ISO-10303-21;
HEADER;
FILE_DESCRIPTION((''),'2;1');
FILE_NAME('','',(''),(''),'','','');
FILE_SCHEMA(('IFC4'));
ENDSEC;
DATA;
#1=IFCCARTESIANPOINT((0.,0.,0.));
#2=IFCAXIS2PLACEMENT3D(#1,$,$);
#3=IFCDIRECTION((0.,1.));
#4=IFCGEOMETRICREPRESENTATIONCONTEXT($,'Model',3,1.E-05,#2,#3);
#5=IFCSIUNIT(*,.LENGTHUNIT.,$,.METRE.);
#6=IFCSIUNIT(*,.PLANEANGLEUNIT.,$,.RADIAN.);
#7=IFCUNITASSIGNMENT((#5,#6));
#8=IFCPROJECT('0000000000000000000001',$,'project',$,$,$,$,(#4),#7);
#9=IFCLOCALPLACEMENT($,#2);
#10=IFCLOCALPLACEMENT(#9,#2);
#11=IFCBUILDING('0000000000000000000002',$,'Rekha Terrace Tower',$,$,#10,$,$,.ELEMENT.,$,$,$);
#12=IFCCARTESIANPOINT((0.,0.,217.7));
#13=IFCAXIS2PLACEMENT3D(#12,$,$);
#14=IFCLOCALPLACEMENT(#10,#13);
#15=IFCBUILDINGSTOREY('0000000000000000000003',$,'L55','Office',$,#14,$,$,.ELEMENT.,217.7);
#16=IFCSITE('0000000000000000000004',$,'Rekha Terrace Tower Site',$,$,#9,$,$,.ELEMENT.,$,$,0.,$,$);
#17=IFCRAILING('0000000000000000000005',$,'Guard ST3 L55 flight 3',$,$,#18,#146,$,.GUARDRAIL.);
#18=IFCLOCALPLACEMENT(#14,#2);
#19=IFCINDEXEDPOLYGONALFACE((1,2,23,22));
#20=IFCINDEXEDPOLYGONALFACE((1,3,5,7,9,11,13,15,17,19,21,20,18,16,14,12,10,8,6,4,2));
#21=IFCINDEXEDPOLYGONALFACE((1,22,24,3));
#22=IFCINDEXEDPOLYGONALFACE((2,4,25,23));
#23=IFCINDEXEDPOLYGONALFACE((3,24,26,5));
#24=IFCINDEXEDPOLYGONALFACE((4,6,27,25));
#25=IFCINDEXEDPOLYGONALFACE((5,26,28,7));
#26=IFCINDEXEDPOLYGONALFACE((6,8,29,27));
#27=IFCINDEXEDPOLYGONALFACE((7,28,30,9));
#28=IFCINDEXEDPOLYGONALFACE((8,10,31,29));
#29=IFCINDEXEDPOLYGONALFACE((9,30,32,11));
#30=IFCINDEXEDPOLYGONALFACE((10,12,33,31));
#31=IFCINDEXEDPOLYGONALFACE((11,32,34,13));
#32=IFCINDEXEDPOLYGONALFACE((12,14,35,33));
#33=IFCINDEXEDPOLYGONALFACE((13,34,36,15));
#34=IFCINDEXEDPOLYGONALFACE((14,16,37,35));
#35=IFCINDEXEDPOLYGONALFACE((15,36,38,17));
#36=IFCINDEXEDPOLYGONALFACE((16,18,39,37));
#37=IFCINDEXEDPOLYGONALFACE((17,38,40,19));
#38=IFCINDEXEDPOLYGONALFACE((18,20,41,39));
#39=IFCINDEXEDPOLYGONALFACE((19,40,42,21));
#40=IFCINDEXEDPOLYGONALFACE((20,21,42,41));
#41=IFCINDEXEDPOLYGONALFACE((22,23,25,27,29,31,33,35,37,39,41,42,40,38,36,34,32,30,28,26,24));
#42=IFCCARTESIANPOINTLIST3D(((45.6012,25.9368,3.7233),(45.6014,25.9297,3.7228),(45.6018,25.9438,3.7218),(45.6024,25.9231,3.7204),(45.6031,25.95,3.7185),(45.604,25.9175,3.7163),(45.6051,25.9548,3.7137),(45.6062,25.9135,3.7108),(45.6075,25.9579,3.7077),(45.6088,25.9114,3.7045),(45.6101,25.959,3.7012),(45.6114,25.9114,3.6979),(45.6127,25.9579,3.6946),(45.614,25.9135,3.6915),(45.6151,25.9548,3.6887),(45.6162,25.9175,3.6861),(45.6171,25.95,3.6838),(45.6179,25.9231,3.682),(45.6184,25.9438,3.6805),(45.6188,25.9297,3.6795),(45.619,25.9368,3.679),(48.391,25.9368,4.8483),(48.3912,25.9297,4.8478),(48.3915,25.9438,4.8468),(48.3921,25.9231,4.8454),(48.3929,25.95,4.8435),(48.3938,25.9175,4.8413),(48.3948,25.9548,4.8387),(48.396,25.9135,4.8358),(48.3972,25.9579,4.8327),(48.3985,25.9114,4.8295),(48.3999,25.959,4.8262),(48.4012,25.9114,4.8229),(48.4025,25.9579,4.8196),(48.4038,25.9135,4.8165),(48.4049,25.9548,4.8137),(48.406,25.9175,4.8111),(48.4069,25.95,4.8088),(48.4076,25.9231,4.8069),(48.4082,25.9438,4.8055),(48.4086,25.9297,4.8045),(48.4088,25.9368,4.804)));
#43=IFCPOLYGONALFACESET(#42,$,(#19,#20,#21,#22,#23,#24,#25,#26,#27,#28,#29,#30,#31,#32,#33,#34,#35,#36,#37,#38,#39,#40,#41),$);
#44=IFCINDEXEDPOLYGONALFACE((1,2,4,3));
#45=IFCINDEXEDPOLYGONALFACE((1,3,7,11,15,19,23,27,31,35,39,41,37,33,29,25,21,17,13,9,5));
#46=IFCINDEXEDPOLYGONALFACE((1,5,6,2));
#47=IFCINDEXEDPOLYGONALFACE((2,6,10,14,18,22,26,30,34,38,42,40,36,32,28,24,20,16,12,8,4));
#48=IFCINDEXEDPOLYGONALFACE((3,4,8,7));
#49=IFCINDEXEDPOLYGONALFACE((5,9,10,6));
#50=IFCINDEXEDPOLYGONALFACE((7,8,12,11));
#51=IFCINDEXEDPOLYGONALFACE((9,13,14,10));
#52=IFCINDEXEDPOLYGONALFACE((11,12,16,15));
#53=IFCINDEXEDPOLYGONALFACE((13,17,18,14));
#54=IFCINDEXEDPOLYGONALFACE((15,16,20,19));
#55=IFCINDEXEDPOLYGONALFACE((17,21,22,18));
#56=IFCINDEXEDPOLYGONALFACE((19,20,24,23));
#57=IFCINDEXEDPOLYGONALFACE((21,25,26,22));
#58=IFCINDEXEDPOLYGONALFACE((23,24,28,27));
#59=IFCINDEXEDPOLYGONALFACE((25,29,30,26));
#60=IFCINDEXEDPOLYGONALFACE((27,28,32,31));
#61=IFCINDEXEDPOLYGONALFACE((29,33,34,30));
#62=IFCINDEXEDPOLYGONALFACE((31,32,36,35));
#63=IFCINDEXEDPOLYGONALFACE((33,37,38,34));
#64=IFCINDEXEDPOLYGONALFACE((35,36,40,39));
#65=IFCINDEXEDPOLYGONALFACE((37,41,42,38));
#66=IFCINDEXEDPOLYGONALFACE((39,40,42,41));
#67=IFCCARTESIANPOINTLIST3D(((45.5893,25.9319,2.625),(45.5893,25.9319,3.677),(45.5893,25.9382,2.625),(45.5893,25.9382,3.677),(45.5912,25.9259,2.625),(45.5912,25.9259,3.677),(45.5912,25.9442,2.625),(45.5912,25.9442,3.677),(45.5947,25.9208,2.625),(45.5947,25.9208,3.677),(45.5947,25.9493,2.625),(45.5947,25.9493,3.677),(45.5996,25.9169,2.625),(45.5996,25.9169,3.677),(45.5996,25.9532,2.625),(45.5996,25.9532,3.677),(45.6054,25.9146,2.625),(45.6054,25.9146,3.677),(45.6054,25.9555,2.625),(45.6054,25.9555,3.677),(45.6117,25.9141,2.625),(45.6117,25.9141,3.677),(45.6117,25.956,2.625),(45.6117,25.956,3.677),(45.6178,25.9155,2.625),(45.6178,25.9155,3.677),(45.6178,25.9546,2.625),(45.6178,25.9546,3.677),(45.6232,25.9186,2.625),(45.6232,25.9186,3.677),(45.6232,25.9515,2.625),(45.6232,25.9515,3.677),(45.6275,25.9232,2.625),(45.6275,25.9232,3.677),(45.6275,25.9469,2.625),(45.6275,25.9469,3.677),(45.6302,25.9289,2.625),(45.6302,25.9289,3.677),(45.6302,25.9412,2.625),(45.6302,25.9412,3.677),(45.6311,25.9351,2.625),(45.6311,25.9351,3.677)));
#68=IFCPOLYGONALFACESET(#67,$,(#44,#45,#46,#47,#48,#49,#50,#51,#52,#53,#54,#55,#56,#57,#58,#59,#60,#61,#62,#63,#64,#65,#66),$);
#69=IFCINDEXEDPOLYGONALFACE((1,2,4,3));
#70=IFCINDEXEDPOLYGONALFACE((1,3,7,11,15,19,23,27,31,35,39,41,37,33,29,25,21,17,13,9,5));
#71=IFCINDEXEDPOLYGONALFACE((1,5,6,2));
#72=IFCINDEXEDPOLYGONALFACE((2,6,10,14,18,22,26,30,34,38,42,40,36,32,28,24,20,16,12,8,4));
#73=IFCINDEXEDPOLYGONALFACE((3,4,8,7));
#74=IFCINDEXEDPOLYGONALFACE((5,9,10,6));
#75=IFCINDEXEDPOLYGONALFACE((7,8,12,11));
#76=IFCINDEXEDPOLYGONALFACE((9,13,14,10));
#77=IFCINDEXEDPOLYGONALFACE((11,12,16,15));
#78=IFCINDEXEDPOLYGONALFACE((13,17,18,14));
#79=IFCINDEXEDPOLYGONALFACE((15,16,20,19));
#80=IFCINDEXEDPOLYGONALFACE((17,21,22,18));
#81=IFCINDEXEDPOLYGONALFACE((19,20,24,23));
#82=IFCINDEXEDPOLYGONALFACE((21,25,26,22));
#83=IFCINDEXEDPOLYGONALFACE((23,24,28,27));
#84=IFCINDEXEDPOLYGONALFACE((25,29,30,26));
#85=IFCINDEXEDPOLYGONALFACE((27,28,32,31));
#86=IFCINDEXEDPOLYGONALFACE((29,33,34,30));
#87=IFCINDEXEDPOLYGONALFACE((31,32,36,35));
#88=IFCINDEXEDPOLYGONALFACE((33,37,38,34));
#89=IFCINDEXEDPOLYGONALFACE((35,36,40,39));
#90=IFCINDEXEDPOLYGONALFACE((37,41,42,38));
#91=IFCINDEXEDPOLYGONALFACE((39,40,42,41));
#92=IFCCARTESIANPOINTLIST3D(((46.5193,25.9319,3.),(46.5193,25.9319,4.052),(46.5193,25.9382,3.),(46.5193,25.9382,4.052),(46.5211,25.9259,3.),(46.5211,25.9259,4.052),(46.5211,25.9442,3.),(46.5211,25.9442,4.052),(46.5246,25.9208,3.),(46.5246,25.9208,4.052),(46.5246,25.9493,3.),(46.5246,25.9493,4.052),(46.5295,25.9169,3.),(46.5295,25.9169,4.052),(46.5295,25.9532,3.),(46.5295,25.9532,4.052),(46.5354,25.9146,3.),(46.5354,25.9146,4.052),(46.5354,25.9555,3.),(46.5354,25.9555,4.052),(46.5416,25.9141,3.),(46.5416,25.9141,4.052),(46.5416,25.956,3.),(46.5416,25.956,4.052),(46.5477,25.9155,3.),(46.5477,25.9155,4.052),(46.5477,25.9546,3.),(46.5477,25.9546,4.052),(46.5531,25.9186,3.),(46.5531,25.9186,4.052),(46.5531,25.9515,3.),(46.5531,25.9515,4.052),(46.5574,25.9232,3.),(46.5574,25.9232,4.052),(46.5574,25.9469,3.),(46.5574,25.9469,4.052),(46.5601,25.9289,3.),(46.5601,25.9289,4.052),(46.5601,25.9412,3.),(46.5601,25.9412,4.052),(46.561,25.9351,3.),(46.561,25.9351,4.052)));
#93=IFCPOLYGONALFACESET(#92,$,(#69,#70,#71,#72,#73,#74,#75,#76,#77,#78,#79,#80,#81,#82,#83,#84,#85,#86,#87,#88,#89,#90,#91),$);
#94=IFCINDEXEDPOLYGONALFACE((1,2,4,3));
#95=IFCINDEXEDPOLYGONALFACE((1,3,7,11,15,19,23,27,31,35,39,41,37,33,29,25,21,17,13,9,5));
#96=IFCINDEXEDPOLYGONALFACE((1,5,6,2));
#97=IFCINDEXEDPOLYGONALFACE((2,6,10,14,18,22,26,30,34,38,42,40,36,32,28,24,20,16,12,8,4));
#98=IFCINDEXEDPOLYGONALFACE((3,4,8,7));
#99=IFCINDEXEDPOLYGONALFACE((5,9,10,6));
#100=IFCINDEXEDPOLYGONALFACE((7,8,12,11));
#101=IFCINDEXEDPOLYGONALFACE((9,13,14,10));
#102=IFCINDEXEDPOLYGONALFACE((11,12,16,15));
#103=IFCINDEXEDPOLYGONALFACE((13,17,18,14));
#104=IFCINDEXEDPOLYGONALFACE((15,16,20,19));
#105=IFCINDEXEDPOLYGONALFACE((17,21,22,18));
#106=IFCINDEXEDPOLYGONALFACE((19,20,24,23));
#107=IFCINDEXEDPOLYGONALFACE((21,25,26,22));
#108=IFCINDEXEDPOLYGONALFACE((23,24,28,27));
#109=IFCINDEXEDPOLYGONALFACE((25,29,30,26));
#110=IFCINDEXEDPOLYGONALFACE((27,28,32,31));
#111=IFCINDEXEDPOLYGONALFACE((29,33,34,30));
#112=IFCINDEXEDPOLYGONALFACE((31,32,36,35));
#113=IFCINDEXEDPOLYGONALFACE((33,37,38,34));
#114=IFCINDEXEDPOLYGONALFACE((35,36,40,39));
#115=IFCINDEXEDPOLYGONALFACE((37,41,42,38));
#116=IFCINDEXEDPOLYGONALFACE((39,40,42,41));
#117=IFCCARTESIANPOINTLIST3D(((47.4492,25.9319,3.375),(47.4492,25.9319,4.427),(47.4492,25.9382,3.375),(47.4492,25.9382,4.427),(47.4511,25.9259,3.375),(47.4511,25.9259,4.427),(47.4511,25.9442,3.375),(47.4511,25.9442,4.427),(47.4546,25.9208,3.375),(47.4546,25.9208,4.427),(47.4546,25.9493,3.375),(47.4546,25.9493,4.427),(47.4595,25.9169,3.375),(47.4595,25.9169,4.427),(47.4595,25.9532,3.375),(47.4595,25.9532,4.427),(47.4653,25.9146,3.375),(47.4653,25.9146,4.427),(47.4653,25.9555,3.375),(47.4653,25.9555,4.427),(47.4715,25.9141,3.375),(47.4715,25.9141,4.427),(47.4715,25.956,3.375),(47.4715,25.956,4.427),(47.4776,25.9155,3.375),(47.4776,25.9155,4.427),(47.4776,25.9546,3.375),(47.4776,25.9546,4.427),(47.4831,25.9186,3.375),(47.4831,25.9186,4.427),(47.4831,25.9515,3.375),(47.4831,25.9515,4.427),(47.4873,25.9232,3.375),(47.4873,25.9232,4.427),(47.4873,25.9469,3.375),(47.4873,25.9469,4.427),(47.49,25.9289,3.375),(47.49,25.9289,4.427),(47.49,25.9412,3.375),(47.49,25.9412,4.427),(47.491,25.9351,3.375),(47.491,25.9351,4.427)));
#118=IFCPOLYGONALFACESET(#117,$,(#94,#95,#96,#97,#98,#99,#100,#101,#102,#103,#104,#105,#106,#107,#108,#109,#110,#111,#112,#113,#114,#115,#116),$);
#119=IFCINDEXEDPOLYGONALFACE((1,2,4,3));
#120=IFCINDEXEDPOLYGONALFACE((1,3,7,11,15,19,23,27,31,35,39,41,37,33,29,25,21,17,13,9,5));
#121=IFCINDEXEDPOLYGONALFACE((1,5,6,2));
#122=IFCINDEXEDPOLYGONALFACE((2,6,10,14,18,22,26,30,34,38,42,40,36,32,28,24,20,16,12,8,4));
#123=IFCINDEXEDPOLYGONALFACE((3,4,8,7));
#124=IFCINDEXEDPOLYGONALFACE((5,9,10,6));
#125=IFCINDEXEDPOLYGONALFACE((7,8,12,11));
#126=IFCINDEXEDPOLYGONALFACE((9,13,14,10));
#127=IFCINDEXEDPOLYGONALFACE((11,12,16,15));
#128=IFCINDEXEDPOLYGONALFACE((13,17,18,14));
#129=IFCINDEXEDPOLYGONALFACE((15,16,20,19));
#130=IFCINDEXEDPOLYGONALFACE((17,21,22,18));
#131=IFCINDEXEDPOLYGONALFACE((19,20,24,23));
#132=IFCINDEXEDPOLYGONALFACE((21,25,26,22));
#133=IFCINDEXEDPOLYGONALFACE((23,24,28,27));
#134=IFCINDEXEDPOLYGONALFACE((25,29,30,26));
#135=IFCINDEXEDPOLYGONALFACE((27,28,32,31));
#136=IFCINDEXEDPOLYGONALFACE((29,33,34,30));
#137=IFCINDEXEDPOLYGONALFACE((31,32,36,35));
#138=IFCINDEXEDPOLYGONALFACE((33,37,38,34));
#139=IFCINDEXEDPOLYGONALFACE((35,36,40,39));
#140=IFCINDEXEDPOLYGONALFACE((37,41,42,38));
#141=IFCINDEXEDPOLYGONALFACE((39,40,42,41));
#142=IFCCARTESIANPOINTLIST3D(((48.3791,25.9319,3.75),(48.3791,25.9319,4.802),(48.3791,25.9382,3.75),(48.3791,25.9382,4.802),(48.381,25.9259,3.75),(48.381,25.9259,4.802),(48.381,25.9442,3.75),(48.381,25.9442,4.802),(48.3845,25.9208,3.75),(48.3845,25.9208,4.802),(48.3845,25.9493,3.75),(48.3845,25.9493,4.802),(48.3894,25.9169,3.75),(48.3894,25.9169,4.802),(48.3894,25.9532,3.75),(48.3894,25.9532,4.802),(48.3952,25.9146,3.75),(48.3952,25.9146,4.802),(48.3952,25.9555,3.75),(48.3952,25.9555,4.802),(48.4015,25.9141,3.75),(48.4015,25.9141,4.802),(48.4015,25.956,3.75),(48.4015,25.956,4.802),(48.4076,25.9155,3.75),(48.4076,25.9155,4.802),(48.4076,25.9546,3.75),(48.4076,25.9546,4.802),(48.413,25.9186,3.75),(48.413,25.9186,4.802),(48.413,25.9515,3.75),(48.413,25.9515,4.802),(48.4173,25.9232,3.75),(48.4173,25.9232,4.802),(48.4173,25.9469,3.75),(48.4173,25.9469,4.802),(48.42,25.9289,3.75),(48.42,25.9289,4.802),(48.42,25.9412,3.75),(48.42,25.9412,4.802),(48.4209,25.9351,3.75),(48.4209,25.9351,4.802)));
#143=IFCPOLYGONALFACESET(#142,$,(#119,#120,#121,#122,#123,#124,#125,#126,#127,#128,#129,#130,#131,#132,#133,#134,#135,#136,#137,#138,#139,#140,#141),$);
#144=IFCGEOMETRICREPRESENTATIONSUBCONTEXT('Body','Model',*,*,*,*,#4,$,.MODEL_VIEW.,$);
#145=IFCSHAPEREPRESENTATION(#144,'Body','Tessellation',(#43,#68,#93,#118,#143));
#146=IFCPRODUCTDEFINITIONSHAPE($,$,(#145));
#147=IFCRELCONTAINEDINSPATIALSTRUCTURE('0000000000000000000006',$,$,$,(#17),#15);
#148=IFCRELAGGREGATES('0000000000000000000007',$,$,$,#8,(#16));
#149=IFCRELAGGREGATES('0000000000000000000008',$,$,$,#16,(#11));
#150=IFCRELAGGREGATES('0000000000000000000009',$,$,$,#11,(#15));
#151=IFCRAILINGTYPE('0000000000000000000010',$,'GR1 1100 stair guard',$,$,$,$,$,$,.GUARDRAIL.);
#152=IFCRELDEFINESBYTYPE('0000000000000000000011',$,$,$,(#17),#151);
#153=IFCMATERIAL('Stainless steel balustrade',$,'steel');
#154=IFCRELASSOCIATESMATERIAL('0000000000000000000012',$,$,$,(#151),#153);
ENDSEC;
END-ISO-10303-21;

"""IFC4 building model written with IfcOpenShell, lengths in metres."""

from ifc_helpers import new_model, si_unit, direction, frame, origin, origin_2d, place, context, subcontext, project, spatial, circle, extrude, material, type_object, element, save


model = new_model("IFC4")

# Units and contexts
model_context = context("Model", 3, precision=1e-05, world=origin(), true_north=direction((0.0, 1.0)))
body_context = subcontext(model_context, "Body", "Model", "MODEL_VIEW")
ifc_project = project(units=[si_unit("LENGTHUNIT", "METRE"), si_unit("PLANEANGLEUNIT", "RADIAN")], contexts=[model_context])

# Site, building, storey
site_placement = place(None, origin())
site = spatial("IfcSite", under=ifc_project, at=site_placement, Name="Rekha Terrace Tower Site", CompositionType="ELEMENT", RefElevation=0.0)
building_placement = place(site_placement, origin())
building = spatial("IfcBuilding", under=site, at=building_placement, Name="Rekha Terrace Tower", CompositionType="ELEMENT")
storey_placement = place(building_placement, frame((0.0, 0.0, 217.7)))
storey = spatial("IfcBuildingStorey", under=building, at=storey_placement, Name="L55", Description="Office", CompositionType="ELEMENT", Elevation=217.7)

# Railing
ifc_material_1 = material(Name="Stainless steel balustrade", Category="steel")
railing_type_1 = type_object("IfcRailingType", Name="GR1 1100 stair guard", PredefinedType="GUARDRAIL", material=ifc_material_1)
railing_1_placement = place(storey_placement, frame((45.6101, 25.9351, 2.625)))
element("IfcRailing", 1, at=railing_1_placement, inside=storey, type_object=railing_type_1, Name="Guard ST3 L55 flight 3", PredefinedType="GUARDRAIL", context=body_context, shape_type="SweptSolid", body=[
    extrude(circle(Radius=0.0239, at=origin_2d()), frame((0.0, 0.0, 1.0762), z_axis=(0.927432, 0.0, 0.373992), x_axis=(0.0, 1.0, 0.0)), (0.0, 0.0, 1.0), 3.0081),
    extrude(circle(Radius=0.021, at=origin_2d()), origin(), (0.0, 0.0, 1.0), 1.052),
    extrude(circle(Radius=0.021, at=origin_2d()), frame((0.9299, 0.0, 0.375)), (0.0, 0.0, 1.0), 1.052),
    extrude(circle(Radius=0.021, at=origin_2d()), frame((1.8599, 0.0, 0.75)), (0.0, 0.0, 1.0), 1.052),
    extrude(circle(Radius=0.021, at=origin_2d()), frame((2.7898, 0.0, 1.125)), (0.0, 0.0, 1.0), 1.052),
])

save(model, "model.ifc")
